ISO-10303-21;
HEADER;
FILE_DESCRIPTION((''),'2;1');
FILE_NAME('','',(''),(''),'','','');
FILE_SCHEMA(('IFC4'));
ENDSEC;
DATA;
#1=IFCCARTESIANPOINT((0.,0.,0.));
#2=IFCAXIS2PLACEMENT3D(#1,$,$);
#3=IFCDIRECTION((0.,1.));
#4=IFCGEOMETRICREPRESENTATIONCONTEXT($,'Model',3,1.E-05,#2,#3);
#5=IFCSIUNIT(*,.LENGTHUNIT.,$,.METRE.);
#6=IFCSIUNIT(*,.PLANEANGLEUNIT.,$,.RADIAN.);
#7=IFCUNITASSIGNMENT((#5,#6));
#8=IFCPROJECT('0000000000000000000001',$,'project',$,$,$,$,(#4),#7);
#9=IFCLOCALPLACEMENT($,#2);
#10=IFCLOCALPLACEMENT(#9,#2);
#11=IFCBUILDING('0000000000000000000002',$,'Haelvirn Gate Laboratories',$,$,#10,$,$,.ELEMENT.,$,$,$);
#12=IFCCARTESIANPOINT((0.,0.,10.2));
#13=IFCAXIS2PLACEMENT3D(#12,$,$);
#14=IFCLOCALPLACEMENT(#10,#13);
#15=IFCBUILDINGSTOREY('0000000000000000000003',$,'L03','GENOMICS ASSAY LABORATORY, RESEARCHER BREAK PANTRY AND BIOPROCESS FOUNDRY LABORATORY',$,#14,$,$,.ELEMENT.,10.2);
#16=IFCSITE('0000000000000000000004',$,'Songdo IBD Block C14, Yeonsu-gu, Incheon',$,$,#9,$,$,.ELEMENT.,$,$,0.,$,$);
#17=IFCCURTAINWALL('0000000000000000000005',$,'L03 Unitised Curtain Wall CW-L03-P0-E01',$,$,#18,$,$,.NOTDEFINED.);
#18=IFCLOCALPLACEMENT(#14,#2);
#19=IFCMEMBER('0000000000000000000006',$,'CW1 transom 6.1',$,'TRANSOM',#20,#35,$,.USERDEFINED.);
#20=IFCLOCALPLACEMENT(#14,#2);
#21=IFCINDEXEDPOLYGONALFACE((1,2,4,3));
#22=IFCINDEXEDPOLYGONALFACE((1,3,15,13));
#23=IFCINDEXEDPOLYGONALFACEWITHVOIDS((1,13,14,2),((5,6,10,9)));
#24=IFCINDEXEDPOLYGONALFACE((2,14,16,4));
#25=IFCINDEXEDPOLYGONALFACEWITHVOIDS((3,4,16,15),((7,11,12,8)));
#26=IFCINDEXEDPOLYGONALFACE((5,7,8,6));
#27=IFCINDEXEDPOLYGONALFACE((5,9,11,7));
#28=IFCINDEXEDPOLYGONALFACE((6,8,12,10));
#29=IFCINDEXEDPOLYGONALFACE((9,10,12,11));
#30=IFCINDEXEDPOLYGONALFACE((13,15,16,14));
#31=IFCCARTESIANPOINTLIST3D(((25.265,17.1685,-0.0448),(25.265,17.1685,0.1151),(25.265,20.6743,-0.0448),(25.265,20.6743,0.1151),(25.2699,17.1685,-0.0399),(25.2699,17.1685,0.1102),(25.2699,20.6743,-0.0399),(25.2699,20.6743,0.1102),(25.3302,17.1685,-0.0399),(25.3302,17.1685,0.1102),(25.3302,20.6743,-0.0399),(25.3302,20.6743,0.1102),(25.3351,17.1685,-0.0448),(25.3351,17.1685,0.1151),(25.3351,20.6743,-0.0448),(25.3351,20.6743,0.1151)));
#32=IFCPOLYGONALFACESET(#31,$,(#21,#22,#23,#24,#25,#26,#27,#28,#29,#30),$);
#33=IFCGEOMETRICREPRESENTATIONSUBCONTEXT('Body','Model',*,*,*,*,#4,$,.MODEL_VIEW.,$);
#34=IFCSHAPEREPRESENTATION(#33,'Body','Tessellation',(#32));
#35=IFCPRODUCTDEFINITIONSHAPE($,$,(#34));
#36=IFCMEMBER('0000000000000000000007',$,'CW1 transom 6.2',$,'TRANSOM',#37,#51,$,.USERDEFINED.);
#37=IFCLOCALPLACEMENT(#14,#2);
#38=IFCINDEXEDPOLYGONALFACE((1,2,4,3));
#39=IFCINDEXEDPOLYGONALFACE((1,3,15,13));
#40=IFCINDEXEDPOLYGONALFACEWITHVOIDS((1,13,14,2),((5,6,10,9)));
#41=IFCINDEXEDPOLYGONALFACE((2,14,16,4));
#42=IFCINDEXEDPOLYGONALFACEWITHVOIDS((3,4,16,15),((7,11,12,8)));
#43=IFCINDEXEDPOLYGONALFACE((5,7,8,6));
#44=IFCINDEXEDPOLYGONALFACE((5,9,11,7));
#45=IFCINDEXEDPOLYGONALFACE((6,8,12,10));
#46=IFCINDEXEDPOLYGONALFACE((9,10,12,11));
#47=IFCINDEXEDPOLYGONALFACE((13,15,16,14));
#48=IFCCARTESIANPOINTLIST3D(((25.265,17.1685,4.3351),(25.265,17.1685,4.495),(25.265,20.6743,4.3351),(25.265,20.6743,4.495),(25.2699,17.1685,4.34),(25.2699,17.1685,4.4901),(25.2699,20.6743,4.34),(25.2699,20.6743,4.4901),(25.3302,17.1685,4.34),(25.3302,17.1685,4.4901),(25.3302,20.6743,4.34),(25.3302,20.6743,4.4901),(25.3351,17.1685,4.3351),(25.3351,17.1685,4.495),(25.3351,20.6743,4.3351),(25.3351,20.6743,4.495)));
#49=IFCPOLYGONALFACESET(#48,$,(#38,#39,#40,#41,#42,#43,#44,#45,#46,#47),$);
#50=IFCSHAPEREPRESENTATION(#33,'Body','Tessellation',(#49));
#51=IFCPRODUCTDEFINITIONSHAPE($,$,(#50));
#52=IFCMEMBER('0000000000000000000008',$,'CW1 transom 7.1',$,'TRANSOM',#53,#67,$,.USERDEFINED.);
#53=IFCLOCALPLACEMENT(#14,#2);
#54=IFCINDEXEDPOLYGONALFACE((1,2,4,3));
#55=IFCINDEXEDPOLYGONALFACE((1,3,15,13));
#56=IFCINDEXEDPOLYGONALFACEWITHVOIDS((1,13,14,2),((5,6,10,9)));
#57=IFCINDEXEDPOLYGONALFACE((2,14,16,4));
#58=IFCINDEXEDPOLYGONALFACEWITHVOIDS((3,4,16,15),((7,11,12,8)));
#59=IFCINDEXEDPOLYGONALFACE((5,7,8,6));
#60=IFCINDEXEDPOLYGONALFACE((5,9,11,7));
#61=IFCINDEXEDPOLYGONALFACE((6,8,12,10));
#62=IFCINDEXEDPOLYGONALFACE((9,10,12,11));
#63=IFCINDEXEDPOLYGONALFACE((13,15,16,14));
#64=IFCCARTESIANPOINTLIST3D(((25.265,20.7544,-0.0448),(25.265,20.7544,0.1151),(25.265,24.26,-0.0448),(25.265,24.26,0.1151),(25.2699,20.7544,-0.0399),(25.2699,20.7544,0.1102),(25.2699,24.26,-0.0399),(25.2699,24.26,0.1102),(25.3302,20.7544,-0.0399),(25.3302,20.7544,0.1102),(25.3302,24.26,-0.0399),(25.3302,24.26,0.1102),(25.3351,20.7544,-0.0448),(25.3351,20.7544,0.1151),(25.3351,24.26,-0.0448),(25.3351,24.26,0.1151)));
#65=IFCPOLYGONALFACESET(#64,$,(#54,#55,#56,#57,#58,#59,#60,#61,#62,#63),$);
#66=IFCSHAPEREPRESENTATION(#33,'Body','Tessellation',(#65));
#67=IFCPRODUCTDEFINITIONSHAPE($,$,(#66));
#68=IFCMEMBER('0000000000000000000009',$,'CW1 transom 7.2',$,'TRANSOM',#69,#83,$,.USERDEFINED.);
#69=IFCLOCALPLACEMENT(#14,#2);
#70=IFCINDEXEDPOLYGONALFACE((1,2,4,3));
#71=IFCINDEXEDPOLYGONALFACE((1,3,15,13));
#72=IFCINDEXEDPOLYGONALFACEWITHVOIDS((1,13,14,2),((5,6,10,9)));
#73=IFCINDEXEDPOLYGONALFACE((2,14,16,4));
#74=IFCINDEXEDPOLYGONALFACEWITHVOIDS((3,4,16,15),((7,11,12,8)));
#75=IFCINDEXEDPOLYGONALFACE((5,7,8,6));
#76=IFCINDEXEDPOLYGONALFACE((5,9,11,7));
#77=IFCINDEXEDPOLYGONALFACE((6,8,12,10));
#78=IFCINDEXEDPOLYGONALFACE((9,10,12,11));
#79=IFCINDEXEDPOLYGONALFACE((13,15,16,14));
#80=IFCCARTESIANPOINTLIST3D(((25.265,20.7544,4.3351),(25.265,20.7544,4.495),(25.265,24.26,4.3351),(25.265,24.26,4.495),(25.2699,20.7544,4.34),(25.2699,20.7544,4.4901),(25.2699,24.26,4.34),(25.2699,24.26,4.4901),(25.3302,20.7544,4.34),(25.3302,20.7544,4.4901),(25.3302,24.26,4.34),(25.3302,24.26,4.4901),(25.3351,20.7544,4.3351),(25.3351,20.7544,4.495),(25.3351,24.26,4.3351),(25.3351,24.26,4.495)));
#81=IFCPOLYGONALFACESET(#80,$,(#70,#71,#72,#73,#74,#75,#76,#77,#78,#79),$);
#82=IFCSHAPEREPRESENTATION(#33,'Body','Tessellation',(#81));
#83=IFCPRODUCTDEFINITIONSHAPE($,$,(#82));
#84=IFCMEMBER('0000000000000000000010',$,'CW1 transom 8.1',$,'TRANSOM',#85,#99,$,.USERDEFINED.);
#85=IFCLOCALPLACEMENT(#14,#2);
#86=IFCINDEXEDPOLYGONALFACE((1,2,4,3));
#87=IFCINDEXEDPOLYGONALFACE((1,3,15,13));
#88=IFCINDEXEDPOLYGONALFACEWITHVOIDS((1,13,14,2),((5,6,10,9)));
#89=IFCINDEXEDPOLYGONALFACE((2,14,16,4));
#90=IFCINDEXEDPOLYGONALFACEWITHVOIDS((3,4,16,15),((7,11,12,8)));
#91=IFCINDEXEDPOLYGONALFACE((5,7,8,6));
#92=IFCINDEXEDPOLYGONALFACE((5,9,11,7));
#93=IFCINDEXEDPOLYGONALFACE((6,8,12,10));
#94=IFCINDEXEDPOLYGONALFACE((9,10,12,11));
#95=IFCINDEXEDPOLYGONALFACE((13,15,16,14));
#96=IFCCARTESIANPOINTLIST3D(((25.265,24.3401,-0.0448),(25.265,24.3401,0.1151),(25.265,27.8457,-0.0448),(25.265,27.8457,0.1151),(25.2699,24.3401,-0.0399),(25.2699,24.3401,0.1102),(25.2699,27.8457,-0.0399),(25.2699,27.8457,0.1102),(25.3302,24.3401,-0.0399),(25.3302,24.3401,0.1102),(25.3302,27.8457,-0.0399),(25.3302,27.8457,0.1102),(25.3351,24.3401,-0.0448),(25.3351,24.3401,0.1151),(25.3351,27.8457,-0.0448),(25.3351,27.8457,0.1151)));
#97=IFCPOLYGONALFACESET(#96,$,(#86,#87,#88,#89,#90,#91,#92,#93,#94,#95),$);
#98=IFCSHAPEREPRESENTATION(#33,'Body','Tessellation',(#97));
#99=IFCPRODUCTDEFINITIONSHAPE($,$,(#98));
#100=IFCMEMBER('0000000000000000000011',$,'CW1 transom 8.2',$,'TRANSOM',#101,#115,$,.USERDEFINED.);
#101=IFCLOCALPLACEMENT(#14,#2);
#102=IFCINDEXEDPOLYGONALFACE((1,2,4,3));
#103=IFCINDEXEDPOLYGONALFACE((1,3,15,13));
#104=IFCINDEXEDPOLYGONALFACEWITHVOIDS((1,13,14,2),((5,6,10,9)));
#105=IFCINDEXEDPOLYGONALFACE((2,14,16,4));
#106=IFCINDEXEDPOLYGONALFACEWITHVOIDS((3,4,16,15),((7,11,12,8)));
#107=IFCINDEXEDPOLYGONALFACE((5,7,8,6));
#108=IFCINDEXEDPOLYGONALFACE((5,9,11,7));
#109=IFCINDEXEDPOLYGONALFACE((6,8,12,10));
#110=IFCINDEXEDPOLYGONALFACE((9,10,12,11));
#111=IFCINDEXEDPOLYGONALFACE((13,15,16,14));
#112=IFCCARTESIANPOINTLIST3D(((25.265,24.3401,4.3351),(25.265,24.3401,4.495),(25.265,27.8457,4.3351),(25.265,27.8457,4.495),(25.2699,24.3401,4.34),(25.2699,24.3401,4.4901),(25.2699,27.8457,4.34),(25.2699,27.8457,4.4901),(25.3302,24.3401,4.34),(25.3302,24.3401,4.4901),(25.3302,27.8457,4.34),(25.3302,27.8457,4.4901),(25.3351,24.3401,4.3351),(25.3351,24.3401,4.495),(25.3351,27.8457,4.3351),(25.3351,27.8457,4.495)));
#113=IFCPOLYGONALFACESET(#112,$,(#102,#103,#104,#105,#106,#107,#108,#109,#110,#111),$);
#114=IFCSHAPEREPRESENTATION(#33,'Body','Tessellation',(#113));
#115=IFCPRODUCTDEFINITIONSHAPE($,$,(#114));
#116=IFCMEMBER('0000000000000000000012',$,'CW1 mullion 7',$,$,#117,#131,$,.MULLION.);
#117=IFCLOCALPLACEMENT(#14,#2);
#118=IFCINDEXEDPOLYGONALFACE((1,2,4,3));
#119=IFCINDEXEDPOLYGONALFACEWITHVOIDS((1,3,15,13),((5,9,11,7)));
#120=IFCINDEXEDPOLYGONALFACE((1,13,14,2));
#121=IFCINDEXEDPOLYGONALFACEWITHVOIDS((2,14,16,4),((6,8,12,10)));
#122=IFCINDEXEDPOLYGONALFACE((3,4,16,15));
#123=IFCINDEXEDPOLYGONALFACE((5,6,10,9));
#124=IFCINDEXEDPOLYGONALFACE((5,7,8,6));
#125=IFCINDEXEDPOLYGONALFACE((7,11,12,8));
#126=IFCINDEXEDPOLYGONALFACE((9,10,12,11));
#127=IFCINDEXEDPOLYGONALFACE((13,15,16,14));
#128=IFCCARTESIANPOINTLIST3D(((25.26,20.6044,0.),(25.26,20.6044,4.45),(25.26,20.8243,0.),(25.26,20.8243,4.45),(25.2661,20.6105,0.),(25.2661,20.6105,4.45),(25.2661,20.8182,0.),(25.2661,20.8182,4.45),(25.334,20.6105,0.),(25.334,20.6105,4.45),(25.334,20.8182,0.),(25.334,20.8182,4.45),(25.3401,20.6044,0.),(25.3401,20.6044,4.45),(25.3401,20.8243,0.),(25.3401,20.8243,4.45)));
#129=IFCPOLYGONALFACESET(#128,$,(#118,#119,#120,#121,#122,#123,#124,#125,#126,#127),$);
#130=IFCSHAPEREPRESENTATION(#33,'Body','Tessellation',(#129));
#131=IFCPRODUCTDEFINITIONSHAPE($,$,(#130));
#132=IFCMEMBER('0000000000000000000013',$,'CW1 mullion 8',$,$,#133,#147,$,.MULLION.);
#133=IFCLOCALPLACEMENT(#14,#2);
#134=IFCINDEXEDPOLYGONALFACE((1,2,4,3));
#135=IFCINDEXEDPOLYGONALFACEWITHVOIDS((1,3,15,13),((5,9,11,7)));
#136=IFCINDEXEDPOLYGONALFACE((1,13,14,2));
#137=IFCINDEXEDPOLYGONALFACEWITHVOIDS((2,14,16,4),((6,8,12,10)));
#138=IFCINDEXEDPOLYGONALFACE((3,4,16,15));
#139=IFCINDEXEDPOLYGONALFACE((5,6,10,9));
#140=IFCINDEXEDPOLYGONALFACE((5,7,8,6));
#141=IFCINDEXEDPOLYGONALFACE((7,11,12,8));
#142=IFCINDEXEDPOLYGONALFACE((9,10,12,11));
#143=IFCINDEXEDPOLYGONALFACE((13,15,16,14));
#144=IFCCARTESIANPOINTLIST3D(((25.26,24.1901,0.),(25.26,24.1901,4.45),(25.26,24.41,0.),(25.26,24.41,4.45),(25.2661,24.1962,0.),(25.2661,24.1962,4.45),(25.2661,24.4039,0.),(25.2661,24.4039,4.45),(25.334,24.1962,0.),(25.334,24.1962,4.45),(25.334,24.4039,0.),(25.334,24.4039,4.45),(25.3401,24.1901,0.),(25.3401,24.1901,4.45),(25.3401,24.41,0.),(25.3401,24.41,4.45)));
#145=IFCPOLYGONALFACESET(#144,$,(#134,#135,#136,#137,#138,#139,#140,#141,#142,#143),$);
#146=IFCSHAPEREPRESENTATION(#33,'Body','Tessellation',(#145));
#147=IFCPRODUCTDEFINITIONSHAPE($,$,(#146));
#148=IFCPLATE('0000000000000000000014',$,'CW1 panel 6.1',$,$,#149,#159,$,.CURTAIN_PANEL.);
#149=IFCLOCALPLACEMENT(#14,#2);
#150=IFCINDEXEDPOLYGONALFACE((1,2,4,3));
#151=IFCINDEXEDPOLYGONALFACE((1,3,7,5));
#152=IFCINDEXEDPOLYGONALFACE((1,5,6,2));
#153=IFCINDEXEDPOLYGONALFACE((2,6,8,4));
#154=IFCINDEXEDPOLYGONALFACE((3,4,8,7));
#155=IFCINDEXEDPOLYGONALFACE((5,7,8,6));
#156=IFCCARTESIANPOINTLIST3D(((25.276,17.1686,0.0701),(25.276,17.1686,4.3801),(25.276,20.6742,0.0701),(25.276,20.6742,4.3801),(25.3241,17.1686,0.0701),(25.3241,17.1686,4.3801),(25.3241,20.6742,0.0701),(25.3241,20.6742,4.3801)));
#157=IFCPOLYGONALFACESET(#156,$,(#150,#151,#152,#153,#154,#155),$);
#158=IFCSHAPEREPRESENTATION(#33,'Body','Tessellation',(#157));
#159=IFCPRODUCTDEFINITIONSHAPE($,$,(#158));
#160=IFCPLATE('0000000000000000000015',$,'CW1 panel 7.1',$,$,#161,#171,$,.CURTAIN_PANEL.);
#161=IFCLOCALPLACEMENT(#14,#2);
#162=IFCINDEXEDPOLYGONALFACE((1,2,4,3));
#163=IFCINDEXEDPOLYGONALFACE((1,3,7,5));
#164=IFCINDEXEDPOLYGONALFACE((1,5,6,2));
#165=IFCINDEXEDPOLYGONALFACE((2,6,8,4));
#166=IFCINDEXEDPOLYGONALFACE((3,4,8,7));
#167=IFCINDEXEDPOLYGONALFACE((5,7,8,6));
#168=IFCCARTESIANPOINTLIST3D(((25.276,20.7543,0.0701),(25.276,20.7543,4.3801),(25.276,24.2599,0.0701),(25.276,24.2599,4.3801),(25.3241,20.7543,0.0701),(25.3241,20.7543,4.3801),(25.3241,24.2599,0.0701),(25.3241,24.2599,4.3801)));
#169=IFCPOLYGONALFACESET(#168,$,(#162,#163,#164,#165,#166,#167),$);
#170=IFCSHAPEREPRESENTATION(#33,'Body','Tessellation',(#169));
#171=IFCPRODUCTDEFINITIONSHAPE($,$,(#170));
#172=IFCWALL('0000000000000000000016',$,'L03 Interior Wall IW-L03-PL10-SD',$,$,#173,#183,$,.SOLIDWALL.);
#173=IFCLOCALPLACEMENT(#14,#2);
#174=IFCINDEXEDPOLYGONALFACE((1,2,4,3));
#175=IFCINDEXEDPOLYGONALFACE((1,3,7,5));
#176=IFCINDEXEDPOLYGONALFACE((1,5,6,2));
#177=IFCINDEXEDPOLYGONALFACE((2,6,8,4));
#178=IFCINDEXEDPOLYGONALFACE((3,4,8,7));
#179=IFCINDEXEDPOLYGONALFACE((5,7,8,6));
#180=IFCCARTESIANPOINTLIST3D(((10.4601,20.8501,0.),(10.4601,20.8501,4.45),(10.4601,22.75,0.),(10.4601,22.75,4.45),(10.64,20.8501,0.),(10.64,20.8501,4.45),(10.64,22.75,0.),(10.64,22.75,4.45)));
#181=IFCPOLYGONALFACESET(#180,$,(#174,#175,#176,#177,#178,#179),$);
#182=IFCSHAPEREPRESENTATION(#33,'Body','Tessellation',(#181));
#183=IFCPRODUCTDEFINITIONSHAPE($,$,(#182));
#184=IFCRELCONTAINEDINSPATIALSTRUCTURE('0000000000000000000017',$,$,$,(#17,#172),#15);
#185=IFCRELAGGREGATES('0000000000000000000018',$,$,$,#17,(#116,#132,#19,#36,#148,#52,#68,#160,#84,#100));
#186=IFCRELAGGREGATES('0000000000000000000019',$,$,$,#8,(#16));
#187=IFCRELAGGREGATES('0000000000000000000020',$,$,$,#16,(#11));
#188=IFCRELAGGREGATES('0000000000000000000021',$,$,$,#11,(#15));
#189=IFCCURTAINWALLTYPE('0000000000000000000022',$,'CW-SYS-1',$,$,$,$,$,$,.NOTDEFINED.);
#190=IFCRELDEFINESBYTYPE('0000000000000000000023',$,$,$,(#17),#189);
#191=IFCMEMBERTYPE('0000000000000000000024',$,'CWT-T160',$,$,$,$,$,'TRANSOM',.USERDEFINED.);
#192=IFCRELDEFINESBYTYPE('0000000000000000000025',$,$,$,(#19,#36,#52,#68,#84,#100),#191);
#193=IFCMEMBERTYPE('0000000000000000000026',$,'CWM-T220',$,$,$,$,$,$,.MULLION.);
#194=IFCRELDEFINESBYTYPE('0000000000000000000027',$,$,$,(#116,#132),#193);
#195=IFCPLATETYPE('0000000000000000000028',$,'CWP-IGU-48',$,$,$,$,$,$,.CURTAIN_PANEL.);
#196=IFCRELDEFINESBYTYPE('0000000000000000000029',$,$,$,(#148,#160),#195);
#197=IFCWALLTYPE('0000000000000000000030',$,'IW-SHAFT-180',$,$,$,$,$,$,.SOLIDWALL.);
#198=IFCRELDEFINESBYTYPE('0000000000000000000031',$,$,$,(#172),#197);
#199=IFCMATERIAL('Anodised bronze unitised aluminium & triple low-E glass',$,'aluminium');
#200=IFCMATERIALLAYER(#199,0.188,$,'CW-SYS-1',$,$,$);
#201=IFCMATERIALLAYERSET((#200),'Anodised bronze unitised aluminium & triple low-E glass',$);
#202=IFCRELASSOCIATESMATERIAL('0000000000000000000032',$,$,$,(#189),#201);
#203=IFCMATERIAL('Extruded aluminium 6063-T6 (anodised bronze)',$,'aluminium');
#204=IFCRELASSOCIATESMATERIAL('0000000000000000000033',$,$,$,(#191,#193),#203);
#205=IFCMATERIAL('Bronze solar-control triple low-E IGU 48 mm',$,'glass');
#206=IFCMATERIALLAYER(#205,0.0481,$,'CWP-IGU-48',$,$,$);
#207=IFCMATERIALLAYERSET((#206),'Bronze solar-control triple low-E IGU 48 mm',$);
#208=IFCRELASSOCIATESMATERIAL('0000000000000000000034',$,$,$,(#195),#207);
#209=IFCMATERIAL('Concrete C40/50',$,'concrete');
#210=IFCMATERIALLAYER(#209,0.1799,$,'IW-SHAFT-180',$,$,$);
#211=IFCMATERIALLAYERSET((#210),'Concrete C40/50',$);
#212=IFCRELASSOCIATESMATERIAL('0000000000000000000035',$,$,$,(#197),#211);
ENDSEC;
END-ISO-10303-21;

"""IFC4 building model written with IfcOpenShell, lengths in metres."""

from ifc_helpers import new_model, si_unit, direction, frame, frame_2d, origin, origin_2d, place, context, subcontext, project, spatial, rectangle, hollow_rectangle, extrude, source, transform, mapped, material, layer, layer_set, material_profile, profile_set, type_object, type_shapes, element, aggregate, save


model = new_model("IFC4")

# Units and contexts
model_context = context("Model", 3, precision=1e-05, world=origin(), true_north=direction((0.0, 1.0)))
body_context = subcontext(model_context, "Body", "Model", "MODEL_VIEW")
ifc_project = project(units=[si_unit("LENGTHUNIT", "METRE"), si_unit("PLANEANGLEUNIT", "RADIAN")], contexts=[model_context])

# Site, building, storey
site_placement = place(None, origin())
site = spatial("IfcSite", under=ifc_project, at=site_placement, Name="Songdo IBD Block C14, Yeonsu-gu, Incheon", CompositionType="ELEMENT", RefElevation=0.0)
building_placement = place(site_placement, origin())
building = spatial("IfcBuilding", under=site, at=building_placement, Name="Haelvirn Gate Laboratories", CompositionType="ELEMENT")
storey_placement = place(building_placement, frame((0.0, 0.0, 10.2)))
storey = spatial("IfcBuildingStorey", under=building, at=storey_placement, Name="L03", Description="GENOMICS ASSAY LABORATORY, RESEARCHER BREAK PANTRY AND BIOPROCESS FOUNDRY LABORATORY", CompositionType="ELEMENT", Elevation=10.2)

# Curtain wall, members, plates
ifc_material_1 = material(Name="Anodised bronze unitised aluminium & triple low-E glass", Category="aluminium")
ifc_layer_1 = layer(ifc_material_1, 0.188, Name="CW-SYS-1")
ifc_layer_set_1 = layer_set([ifc_layer_1], Name="Anodised bronze unitised aluminium & triple low-E glass")
curtain_wall_type = type_object("IfcCurtainWallType", Name="CW-SYS-1", PredefinedType="NOTDEFINED", material=ifc_layer_set_1)
curtain_wall_placement = place(storey_placement, origin())
curtain_wall = element("IfcCurtainWall", 1, at=curtain_wall_placement, inside=storey, type_object=curtain_wall_type, Name="L03 Unitised Curtain Wall CW-L03-P0-E01", PredefinedType="NOTDEFINED")
ifc_material_2 = material(Name="Extruded aluminium 6063-T6 (anodised bronze)", Category="aluminium")
ifc_material_profile_1 = material_profile(ifc_material_2, hollow_rectangle(XDim=0.0701, YDim=0.1599, WallThickness=0.0049, at=origin_2d()), Name="CWT-160x70x5")
ifc_profile_set_1 = profile_set([ifc_material_profile_1], Name="Extruded aluminium 6063-T6 (anodised bronze)")
member_type_1 = type_object("IfcMemberType", Name="CWT-T160", ElementType="TRANSOM", PredefinedType="USERDEFINED", material=ifc_profile_set_1)
shared_shape_1 = source(origin(), body_context, "Body", "SweptSolid", [
    extrude(hollow_rectangle(XDim=0.0701, YDim=0.1599, WallThickness=0.0049, at=origin_2d()), origin(), (0.0, 0.0, 1.0), 3.5059),
])
member_1_placement = place(storey_placement, frame((25.3, 17.1685, 0.0352), z_axis=(0.0, 1.0, 0.0), x_axis=(-1.0, 0.0, 0.0)))
member_1 = element("IfcMember", 2, at=member_1_placement, type_object=member_type_1, Name="CW1 transom 6.1", ObjectType="TRANSOM", PredefinedType="USERDEFINED", context=body_context, shape_type="MappedRepresentation", body=[
    mapped(shared_shape_1, transform((0.0, 0.0, 0.0), scale=1.0)),
])
member_2_placement = place(storey_placement, frame((25.3, 17.1685, 4.415), z_axis=(0.0, 1.0, 0.0), x_axis=(-1.0, 0.0, 0.0)))
member_2 = element("IfcMember", 3, at=member_2_placement, type_object=member_type_1, Name="CW1 transom 6.2", ObjectType="TRANSOM", PredefinedType="USERDEFINED", context=body_context, shape_type="MappedRepresentation", body=[
    mapped(shared_shape_1, transform((0.0, 0.0, 0.0), scale=1.0)),
])
shared_shape_2 = source(origin(), body_context, "Body", "SweptSolid", [
    extrude(hollow_rectangle(XDim=0.0701, YDim=0.1599, WallThickness=0.0049, at=origin_2d()), origin(), (0.0, 0.0, 1.0), 3.5056),
])
type_shapes(member_type_1, [shared_shape_1, shared_shape_2])
member_3_placement = place(storey_placement, frame((25.3, 20.7544, 0.0352), z_axis=(0.0, 1.0, 0.0), x_axis=(-1.0, 0.0, 0.0)))
member_3 = element("IfcMember", 4, at=member_3_placement, type_object=member_type_1, Name="CW1 transom 7.1", ObjectType="TRANSOM", PredefinedType="USERDEFINED", context=body_context, shape_type="MappedRepresentation", body=[
    mapped(shared_shape_2, transform((0.0, 0.0, 0.0), scale=1.0)),
])
member_4_placement = place(storey_placement, frame((25.3, 20.7544, 4.415), z_axis=(0.0, 1.0, 0.0), x_axis=(-1.0, 0.0, 0.0)))
member_4 = element("IfcMember", 5, at=member_4_placement, type_object=member_type_1, Name="CW1 transom 7.2", ObjectType="TRANSOM", PredefinedType="USERDEFINED", context=body_context, shape_type="MappedRepresentation", body=[
    mapped(shared_shape_2, transform((0.0, 0.0, 0.0), scale=1.0)),
])
member_5_placement = place(storey_placement, frame((25.3, 24.3401, 0.0352), z_axis=(0.0, 1.0, 0.0), x_axis=(-1.0, 0.0, 0.0)))
member_5 = element("IfcMember", 6, at=member_5_placement, type_object=member_type_1, Name="CW1 transom 8.1", ObjectType="TRANSOM", PredefinedType="USERDEFINED", context=body_context, shape_type="MappedRepresentation", body=[
    mapped(shared_shape_2, transform((0.0, 0.0, 0.0), scale=1.0)),
])
member_6_placement = place(storey_placement, frame((25.3, 24.3401, 4.415), z_axis=(0.0, 1.0, 0.0), x_axis=(-1.0, 0.0, 0.0)))
member_6 = element("IfcMember", 7, at=member_6_placement, type_object=member_type_1, Name="CW1 transom 8.2", ObjectType="TRANSOM", PredefinedType="USERDEFINED", context=body_context, shape_type="MappedRepresentation", body=[
    mapped(shared_shape_2, transform((0.0, 0.0, 0.0), scale=1.0)),
])
ifc_material_profile_2 = material_profile(ifc_material_2, hollow_rectangle(XDim=0.0801, YDim=0.22, WallThickness=0.0061, at=origin_2d()), Name="CWM-220x80x6")
ifc_profile_set_2 = profile_set([ifc_material_profile_2], Name="Extruded aluminium 6063-T6 (anodised bronze)")
member_type_2 = type_object("IfcMemberType", Name="CWM-T220", PredefinedType="MULLION", material=ifc_profile_set_2)
shared_shape_3 = source(origin(), body_context, "Body", "SweptSolid", [
    extrude(hollow_rectangle(XDim=0.0801, YDim=0.22, WallThickness=0.0061, at=origin_2d()), origin(), (0.0, 0.0, 1.0), 4.45),
])
type_shapes(member_type_2, [shared_shape_3])
member_7_placement = place(storey_placement, frame((25.3, 20.7144, 0.0), z_axis=(0.0, 0.0, 1.0), x_axis=(-1.0, 0.0, 0.0)))
member_7 = element("IfcMember", 8, at=member_7_placement, type_object=member_type_2, Name="CW1 mullion 7", PredefinedType="MULLION", context=body_context, shape_type="MappedRepresentation", body=[
    mapped(shared_shape_3, transform((0.0, 0.0, 0.0), scale=1.0)),
])
member_8_placement = place(storey_placement, frame((25.3, 24.3, 0.0), z_axis=(0.0, 0.0, 1.0), x_axis=(-1.0, 0.0, 0.0)))
member_8 = element("IfcMember", 9, at=member_8_placement, type_object=member_type_2, Name="CW1 mullion 8", PredefinedType="MULLION", context=body_context, shape_type="MappedRepresentation", body=[
    mapped(shared_shape_3, transform((0.0, 0.0, 0.0), scale=1.0)),
])
ifc_material_3 = material(Name="Bronze solar-control triple low-E IGU 48 mm", Category="glass")
ifc_layer_2 = layer(ifc_material_3, 0.0481, Name="CWP-IGU-48")
ifc_layer_set_2 = layer_set([ifc_layer_2], Name="Bronze solar-control triple low-E IGU 48 mm")
plate_type = type_object("IfcPlateType", Name="CWP-IGU-48", PredefinedType="CURTAIN_PANEL", material=ifc_layer_set_2)
shared_shape_4 = source(origin(), body_context, "Body", "SweptSolid", [
    extrude(rectangle(XDim=3.5056, YDim=0.0481, at=origin_2d()), origin(), (0.0, 0.0, 1.0), 4.3101),
])
type_shapes(plate_type, [shared_shape_4])
plate_1_placement = place(storey_placement, frame((25.3, 18.9214, 0.0701), z_axis=(0.0, 0.0, 1.0), x_axis=(0.0, 1.0, 0.0)))
plate_1 = element("IfcPlate", 10, at=plate_1_placement, type_object=plate_type, Name="CW1 panel 6.1", PredefinedType="CURTAIN_PANEL", context=body_context, shape_type="MappedRepresentation", body=[
    mapped(shared_shape_4, transform((0.0, 0.0, 0.0), scale=1.0)),
])
plate_2_placement = place(storey_placement, frame((25.3, 22.5071, 0.0701), z_axis=(0.0, 0.0, 1.0), x_axis=(0.0, 1.0, 0.0)))
plate_2 = element("IfcPlate", 11, at=plate_2_placement, type_object=plate_type, Name="CW1 panel 7.1", PredefinedType="CURTAIN_PANEL", context=body_context, shape_type="MappedRepresentation", body=[
    mapped(shared_shape_4, transform((0.0, 0.0, 0.0), scale=1.0)),
])
aggregate(curtain_wall, [member_7, member_8, member_1, member_2, plate_1, member_3, member_4, plate_2, member_5, member_6])

# Wall
ifc_material_4 = material(Name="Concrete C40/50", Category="concrete")
ifc_layer_3 = layer(ifc_material_4, 0.1799, Name="IW-SHAFT-180")
ifc_layer_set_3 = layer_set([ifc_layer_3], Name="Concrete C40/50")
wall_type_1 = type_object("IfcWallType", Name="IW-SHAFT-180", PredefinedType="SOLIDWALL", material=ifc_layer_set_3)
for number, where, z_axis, x_axis, name in (
    (12, (10.55, 20.8501, 0.0), (0.0, 0.0, 1.0), (0.0, 1.0, 0.0), "L03 Interior Wall IW-L03-PL10-SD"),
):
    element("IfcWall", number, at=place(storey_placement, frame(where, z_axis=z_axis, x_axis=x_axis)), inside=storey, type_object=wall_type_1, Name=name, PredefinedType="SOLIDWALL", context=body_context, shape_type="SweptSolid", body=[
        extrude(rectangle(XDim=1.8999, YDim=0.1799, at=frame_2d((0.95, 0.0))), origin(), (0.0, 0.0, 1.0), 4.45),
    ])

save(model, "model.ifc")
